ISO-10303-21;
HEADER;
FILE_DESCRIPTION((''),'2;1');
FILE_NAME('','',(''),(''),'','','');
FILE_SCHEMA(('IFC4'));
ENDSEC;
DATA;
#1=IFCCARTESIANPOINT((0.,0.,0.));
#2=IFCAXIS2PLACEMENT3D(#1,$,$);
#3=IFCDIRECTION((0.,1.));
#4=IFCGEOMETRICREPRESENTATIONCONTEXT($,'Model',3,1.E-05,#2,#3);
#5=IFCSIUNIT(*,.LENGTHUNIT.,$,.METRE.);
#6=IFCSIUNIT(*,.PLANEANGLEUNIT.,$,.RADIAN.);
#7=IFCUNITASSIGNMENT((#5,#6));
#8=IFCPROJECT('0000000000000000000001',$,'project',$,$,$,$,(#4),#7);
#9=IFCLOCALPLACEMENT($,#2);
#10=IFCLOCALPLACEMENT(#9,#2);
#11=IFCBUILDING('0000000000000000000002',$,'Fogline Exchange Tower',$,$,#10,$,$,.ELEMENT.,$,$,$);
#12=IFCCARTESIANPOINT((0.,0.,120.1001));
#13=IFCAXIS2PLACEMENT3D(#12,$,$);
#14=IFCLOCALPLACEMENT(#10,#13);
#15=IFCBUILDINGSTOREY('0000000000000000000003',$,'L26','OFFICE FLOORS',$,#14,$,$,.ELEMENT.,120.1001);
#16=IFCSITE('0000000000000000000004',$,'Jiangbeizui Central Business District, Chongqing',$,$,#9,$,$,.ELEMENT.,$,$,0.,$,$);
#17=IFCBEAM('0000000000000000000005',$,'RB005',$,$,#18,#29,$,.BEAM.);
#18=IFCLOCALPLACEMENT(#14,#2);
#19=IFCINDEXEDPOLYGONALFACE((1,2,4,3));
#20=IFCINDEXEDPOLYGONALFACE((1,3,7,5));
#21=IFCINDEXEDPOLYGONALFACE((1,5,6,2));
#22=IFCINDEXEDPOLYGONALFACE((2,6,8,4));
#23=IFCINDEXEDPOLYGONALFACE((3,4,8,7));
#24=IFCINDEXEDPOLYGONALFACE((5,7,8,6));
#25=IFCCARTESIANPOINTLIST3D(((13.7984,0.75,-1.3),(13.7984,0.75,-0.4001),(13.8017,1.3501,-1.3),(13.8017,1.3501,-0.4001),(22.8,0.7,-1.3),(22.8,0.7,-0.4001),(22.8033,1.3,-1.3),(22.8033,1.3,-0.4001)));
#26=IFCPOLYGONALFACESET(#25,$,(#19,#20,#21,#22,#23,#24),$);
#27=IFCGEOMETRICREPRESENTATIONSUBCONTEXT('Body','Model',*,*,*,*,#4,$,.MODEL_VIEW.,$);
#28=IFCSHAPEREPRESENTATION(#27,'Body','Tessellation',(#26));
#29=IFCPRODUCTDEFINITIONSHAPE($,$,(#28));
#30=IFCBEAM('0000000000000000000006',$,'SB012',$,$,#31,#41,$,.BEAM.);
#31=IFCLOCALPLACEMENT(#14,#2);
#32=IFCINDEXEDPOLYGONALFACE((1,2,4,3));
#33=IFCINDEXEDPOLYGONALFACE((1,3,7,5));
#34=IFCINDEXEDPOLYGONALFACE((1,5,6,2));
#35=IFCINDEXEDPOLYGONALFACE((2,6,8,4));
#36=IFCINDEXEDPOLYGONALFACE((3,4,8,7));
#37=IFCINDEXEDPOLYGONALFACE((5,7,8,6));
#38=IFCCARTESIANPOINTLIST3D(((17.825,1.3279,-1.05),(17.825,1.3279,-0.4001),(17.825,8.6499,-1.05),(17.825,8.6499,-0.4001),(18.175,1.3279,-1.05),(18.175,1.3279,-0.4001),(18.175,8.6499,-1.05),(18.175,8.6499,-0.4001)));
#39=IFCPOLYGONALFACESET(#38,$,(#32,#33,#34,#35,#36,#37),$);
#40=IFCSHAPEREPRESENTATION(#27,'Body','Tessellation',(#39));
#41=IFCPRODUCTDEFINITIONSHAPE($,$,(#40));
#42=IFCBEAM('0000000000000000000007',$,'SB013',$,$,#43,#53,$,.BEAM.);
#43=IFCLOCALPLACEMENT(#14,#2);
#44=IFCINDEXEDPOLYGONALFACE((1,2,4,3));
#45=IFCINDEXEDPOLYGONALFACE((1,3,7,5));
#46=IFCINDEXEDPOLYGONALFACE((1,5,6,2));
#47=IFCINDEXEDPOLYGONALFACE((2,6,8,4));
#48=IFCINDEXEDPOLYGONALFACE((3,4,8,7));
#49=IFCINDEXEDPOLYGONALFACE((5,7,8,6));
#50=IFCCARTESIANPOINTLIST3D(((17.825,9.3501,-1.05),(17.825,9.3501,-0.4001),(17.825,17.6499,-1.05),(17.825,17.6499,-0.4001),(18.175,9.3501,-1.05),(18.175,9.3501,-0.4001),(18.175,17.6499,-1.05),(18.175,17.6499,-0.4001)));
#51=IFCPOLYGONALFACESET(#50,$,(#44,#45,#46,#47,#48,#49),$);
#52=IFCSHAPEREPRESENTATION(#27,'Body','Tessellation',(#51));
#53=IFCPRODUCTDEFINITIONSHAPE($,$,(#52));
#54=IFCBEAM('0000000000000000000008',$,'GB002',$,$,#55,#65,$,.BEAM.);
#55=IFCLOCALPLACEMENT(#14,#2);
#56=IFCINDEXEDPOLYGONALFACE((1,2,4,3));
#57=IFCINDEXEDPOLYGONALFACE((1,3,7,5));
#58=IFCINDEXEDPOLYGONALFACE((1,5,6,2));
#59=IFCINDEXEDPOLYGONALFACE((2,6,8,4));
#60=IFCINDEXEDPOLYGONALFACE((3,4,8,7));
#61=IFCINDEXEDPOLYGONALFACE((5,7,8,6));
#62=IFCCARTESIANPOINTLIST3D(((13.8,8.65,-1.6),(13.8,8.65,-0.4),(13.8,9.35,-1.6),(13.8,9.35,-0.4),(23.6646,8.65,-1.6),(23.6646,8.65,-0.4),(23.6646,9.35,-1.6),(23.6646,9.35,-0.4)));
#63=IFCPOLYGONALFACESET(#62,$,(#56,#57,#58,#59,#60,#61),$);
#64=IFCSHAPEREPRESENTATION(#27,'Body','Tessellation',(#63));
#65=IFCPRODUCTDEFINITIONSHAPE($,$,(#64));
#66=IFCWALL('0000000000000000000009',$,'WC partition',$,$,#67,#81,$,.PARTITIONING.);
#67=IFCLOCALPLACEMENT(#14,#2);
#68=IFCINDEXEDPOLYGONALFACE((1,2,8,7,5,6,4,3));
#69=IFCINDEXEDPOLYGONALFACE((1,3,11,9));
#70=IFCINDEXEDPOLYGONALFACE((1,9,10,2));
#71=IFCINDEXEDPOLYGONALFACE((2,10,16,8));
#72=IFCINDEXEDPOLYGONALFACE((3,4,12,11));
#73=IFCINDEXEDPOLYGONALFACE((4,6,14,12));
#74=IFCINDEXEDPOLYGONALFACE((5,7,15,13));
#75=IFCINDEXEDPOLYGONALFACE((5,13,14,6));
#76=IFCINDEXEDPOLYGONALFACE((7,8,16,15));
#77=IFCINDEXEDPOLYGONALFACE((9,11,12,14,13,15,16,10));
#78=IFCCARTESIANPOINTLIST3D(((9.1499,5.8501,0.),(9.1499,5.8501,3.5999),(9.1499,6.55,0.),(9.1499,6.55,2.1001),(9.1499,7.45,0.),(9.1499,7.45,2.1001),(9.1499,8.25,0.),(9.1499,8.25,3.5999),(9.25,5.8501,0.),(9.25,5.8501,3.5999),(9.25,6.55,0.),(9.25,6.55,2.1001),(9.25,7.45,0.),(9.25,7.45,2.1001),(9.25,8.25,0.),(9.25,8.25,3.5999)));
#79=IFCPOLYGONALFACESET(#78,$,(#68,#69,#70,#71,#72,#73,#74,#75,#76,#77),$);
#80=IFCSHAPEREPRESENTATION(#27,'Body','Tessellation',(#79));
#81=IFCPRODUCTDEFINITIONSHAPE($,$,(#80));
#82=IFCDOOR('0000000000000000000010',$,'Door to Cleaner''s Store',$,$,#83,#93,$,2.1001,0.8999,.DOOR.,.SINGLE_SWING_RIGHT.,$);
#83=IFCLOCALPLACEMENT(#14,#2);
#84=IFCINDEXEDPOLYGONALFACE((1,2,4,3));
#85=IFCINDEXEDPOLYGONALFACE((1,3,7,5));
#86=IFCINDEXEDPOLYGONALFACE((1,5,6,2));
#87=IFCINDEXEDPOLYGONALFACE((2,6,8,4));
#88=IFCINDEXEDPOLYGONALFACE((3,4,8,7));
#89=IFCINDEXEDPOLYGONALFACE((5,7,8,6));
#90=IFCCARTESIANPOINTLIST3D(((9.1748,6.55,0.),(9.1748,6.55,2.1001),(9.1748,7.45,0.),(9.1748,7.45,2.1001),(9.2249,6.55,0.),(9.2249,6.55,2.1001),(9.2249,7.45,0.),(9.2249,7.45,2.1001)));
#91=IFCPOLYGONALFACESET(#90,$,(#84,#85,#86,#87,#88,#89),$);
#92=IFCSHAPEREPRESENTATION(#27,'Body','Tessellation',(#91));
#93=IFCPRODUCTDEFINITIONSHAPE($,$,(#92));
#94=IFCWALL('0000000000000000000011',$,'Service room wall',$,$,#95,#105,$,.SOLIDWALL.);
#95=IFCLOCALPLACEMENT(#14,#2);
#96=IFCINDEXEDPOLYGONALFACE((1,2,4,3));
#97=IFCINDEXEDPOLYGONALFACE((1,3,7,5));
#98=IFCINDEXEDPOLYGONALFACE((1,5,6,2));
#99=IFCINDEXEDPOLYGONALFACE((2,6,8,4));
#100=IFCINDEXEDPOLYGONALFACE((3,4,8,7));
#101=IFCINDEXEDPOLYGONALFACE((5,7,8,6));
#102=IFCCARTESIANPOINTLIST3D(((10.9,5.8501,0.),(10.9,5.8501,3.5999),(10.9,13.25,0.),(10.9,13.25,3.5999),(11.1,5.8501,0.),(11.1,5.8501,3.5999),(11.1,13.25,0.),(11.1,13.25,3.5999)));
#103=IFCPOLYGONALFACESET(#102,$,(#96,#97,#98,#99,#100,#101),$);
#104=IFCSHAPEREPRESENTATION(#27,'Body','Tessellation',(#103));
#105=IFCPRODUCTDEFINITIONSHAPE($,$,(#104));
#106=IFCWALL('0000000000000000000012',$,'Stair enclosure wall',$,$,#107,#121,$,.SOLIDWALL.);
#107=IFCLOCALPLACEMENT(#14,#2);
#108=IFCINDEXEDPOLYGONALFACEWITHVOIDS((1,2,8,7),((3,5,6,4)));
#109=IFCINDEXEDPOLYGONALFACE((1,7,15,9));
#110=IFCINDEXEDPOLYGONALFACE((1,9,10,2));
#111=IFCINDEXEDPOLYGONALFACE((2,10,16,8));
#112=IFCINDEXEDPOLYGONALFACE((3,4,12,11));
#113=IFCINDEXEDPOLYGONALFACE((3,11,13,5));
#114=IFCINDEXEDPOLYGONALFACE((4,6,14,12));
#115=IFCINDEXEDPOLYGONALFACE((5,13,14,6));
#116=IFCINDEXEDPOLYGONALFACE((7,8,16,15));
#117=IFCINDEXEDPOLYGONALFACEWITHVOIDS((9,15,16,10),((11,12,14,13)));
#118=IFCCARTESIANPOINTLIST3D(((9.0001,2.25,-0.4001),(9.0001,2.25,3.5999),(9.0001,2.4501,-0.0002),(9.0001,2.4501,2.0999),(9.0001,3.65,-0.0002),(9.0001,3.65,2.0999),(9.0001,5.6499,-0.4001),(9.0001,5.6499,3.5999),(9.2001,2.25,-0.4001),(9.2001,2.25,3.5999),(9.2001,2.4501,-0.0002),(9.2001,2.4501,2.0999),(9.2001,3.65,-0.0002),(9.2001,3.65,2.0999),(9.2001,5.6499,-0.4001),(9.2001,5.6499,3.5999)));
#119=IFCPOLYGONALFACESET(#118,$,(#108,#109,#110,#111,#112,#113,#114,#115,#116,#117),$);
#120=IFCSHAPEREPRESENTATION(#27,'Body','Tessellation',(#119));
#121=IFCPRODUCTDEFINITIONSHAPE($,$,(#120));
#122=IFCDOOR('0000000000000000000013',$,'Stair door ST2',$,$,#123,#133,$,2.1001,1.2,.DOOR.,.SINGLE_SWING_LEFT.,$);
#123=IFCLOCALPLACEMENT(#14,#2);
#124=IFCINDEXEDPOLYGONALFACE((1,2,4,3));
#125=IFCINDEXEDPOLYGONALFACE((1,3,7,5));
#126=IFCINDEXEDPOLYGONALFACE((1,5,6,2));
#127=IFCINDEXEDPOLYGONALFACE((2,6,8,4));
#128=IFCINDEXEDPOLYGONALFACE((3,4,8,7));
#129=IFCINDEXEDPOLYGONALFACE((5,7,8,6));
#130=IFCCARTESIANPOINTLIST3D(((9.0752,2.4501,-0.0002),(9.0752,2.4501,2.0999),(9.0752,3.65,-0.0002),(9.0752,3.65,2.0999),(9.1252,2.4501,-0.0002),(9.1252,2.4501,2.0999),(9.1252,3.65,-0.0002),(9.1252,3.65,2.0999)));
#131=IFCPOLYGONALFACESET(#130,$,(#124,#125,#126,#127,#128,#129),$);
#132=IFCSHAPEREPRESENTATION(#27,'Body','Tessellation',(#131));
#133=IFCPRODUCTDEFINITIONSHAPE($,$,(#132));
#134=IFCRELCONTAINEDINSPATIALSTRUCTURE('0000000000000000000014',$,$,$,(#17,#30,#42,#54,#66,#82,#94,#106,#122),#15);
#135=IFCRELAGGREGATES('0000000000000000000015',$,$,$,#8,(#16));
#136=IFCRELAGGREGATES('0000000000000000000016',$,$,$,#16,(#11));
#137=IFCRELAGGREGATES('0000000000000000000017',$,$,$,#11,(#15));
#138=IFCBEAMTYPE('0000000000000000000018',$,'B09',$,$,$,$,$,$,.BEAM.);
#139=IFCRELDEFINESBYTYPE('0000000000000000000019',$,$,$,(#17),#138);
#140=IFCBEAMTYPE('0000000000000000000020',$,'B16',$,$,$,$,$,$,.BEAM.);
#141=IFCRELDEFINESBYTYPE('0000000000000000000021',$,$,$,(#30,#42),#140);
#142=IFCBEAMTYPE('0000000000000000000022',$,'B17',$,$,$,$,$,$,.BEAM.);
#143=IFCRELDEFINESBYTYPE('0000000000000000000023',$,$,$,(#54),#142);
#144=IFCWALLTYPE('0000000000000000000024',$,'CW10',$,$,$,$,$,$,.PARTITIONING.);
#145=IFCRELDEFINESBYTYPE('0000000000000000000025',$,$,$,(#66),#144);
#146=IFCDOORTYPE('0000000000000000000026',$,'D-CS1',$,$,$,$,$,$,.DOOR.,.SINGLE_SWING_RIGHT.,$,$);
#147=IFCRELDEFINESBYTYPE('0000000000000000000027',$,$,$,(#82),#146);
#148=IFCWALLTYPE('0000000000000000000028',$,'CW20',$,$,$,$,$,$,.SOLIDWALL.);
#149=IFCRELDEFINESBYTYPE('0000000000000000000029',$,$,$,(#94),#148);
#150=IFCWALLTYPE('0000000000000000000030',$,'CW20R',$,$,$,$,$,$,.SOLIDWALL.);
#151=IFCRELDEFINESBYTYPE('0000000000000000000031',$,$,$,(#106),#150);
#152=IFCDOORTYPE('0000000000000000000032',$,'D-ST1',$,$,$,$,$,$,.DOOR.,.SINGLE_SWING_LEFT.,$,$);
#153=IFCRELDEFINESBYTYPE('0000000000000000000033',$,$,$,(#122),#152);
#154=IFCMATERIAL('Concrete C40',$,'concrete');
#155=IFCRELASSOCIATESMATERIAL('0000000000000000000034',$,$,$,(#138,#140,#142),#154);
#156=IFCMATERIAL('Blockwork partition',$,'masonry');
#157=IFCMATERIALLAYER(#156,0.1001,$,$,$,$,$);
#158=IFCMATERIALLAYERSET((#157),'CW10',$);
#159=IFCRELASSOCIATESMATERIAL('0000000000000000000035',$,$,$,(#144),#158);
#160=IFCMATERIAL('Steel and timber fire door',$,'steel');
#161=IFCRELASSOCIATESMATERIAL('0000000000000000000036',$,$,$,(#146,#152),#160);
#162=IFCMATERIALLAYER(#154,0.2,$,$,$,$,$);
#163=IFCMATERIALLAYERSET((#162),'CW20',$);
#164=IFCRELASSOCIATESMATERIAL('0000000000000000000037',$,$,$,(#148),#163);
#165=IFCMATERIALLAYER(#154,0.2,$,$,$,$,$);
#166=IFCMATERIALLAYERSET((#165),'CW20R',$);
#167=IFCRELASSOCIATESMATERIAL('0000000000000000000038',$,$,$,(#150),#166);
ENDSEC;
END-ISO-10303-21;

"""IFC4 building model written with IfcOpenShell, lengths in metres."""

from ifc_helpers import new_model, si_unit, direction, frame, frame_2d, origin, origin_2d, place, context, subcontext, project, spatial, rectangle, extrude, material, layer, layer_set, material_profile, profile_set, type_object, element, fill, save


model = new_model("IFC4")

# Units and contexts
model_context = context("Model", 3, precision=1e-05, world=origin(), true_north=direction((0.0, 1.0)))
body_context = subcontext(model_context, "Body", "Model", "MODEL_VIEW")
ifc_project = project(units=[si_unit("LENGTHUNIT", "METRE"), si_unit("PLANEANGLEUNIT", "RADIAN")], contexts=[model_context])

# Site, building, storey
site_placement = place(None, origin())
site = spatial("IfcSite", under=ifc_project, at=site_placement, Name="Jiangbeizui Central Business District, Chongqing", CompositionType="ELEMENT", RefElevation=0.0)
building_placement = place(site_placement, origin())
building = spatial("IfcBuilding", under=site, at=building_placement, Name="Fogline Exchange Tower", CompositionType="ELEMENT")
storey_placement = place(building_placement, frame((0.0, 0.0, 120.1001)))
storey = spatial("IfcBuildingStorey", under=building, at=storey_placement, Name="L26", Description="OFFICE FLOORS", CompositionType="ELEMENT", Elevation=120.1001)

# Beams
ifc_material_1 = material(Name="Concrete C40", Category="concrete")
ifc_material_profile_1 = material_profile(ifc_material_1, rectangle(XDim=0.6001, YDim=0.8999, at=origin_2d()), Name="RC 600x900")
ifc_profile_set_1 = profile_set([ifc_material_profile_1], Name="Concrete C40")
beam_type_1 = type_object("IfcBeamType", Name="B09", PredefinedType="BEAM", material=ifc_profile_set_1)
beam_1_placement = place(storey_placement, frame((13.8, 1.05, -0.8501), z_axis=(0.999985, -0.00556, 0.0), x_axis=(0.00556, 0.999985, 0.0)))
element("IfcBeam", 1, at=beam_1_placement, inside=storey, type_object=beam_type_1, Name="RB005", PredefinedType="BEAM", context=body_context, shape_type="SweptSolid", body=[
    extrude(rectangle(XDim=0.6001, YDim=0.8999, at=origin_2d()), origin(), (0.0, 0.0, 1.0), 9.0017),
])
ifc_material_profile_2 = material_profile(ifc_material_1, rectangle(XDim=0.3501, YDim=0.6499, at=origin_2d()), Name="RC 350x650")
ifc_profile_set_2 = profile_set([ifc_material_profile_2], Name="Concrete C40")
beam_type_2 = type_object("IfcBeamType", Name="B16", PredefinedType="BEAM", material=ifc_profile_set_2)
beam_2_placement = place(storey_placement, frame((18.0, 1.3279, -0.7251), z_axis=(0.0, 1.0, 0.0), x_axis=(-1.0, 0.0, 0.0)))
element("IfcBeam", 2, at=beam_2_placement, inside=storey, type_object=beam_type_2, Name="SB012", PredefinedType="BEAM", context=body_context, shape_type="SweptSolid", body=[
    extrude(rectangle(XDim=0.3501, YDim=0.6499, at=origin_2d()), origin(), (0.0, 0.0, 1.0), 7.322),
])
beam_3_placement = place(storey_placement, frame((18.0, 9.3501, -0.7251), z_axis=(0.0, 1.0, 0.0), x_axis=(-1.0, 0.0, 0.0)))
element("IfcBeam", 3, at=beam_3_placement, inside=storey, type_object=beam_type_2, Name="SB013", PredefinedType="BEAM", context=body_context, shape_type="SweptSolid", body=[
    extrude(rectangle(XDim=0.3501, YDim=0.6499, at=origin_2d()), origin(), (0.0, 0.0, 1.0), 8.2998),
])
ifc_material_profile_3 = material_profile(ifc_material_1, rectangle(XDim=0.7, YDim=1.2, at=origin_2d()), Name="RC 700x1200")
ifc_profile_set_3 = profile_set([ifc_material_profile_3], Name="Concrete C40")
beam_type_3 = type_object("IfcBeamType", Name="B17", PredefinedType="BEAM", material=ifc_profile_set_3)
beam_4_placement = place(storey_placement, frame((13.8, 9.0, -1.0), z_axis=(1.0, 0.0, 0.0), x_axis=(0.0, 1.0, 0.0)))
element("IfcBeam", 4, at=beam_4_placement, inside=storey, type_object=beam_type_3, Name="GB002", PredefinedType="BEAM", context=body_context, shape_type="SweptSolid", body=[
    extrude(rectangle(XDim=0.7, YDim=1.2, at=origin_2d()), origin(), (0.0, 0.0, 1.0), 9.8645),
])

# Wall, opening, door
ifc_material_2 = material(Name="Blockwork partition", Category="masonry")
ifc_layer_1 = layer(ifc_material_2, 0.1001)
ifc_layer_set_1 = layer_set([ifc_layer_1], Name="CW10")
wall_type_1 = type_object("IfcWallType", Name="CW10", PredefinedType="PARTITIONING", material=ifc_layer_set_1)
wall_1_placement = place(storey_placement, frame((9.2, 5.8501, 0.0), z_axis=(0.0, 0.0, 1.0), x_axis=(0.0, 1.0, 0.0)))
wall_1 = element("IfcWall", 5, at=wall_1_placement, inside=storey, type_object=wall_type_1, Name="WC partition", PredefinedType="PARTITIONING", context=body_context, shape_type="SweptSolid", body=[
    extrude(rectangle(XDim=2.3999, YDim=0.1001, at=frame_2d((1.2, 0.0))), origin(), (0.0, 0.0, 1.0), 3.5999),
])
opening_1_placement = place(wall_1_placement, frame((0.7, 0.0, 0.0)))
opening_1 = element("IfcOpeningElement", 6, at=opening_1_placement, cuts=wall_1, PredefinedType="OPENING", context=body_context, shape_type="SweptSolid", body=[
    extrude(rectangle(XDim=0.8999, YDim=2.1001, at=frame_2d((0.45, 1.05))), frame((0.0, 0.0601, 0.0), z_axis=(0.0, -1.0, 0.0), x_axis=(1.0, 0.0, 0.0)), (0.0, 0.0, 1.0), 0.1201),
])
ifc_material_3 = material(Name="Steel and timber fire door", Category="steel")
door_type_1 = type_object("IfcDoorType", Name="D-CS1", OperationType="SINGLE_SWING_RIGHT", PredefinedType="DOOR", material=ifc_material_3)
door_1_placement = place(opening_1_placement, frame((0.8999, 0.0, 0.0), z_axis=(0.0, 0.0, 1.0), x_axis=(-1.0, 0.0, 0.0)))
door_1 = element("IfcDoor", 7, at=door_1_placement, inside=storey, type_object=door_type_1, Name="Door to Cleaner's Store", OperationType="SINGLE_SWING_RIGHT", OverallHeight=2.1001, OverallWidth=0.8999, PredefinedType="DOOR", context=body_context, shape_type="SweptSolid", body=[
    extrude(rectangle(XDim=0.8999, YDim=2.1001, at=frame_2d((0.45, 1.05))), frame((0.0, 0.0249, 0.0), z_axis=(0.0, -1.0, 0.0), x_axis=(1.0, 0.0, 0.0)), (0.0, 0.0, 1.0), 0.05),
])
fill(opening_1, door_1)

# Wall
ifc_layer_2 = layer(ifc_material_1, 0.2)
ifc_layer_set_2 = layer_set([ifc_layer_2], Name="CW20")
wall_type_2 = type_object("IfcWallType", Name="CW20", PredefinedType="SOLIDWALL", material=ifc_layer_set_2)
wall_2_placement = place(storey_placement, frame((11.0, 5.8501, 0.0), z_axis=(0.0, 0.0, 1.0), x_axis=(0.0, 1.0, 0.0)))
element("IfcWall", 8, at=wall_2_placement, inside=storey, type_object=wall_type_2, Name="Service room wall", PredefinedType="SOLIDWALL", context=body_context, shape_type="SweptSolid", body=[
    extrude(rectangle(XDim=7.3999, YDim=0.2, at=frame_2d((3.7, 0.0))), origin(), (0.0, 0.0, 1.0), 3.5999),
])

# Wall, opening, door
ifc_layer_3 = layer(ifc_material_1, 0.2)
ifc_layer_set_3 = layer_set([ifc_layer_3], Name="CW20R")
wall_type_3 = type_object("IfcWallType", Name="CW20R", PredefinedType="SOLIDWALL", material=ifc_layer_set_3)
wall_3_placement = place(storey_placement, frame((9.1001, 2.25, -0.4001), z_axis=(0.0, 0.0, 1.0), x_axis=(0.0, 1.0, 0.0)))
wall_3 = element("IfcWall", 9, at=wall_3_placement, inside=storey, type_object=wall_type_3, Name="Stair enclosure wall", PredefinedType="SOLIDWALL", context=body_context, shape_type="SweptSolid", body=[
    extrude(rectangle(XDim=3.3999, YDim=0.2, at=frame_2d((1.7, 0.0))), origin(), (0.0, 0.0, 1.0), 4.0),
])
opening_2_placement = place(wall_3_placement, frame((0.2, 0.0, 0.3999)))
opening_2 = element("IfcOpeningElement", 10, at=opening_2_placement, cuts=wall_3, PredefinedType="OPENING", context=body_context, shape_type="SweptSolid", body=[
    extrude(rectangle(XDim=1.2, YDim=2.1001, at=frame_2d((0.6001, 1.05))), frame((0.0, 0.1099, 0.0), z_axis=(0.0, -1.0, 0.0), x_axis=(1.0, 0.0, 0.0)), (0.0, 0.0, 1.0), 0.22),
])
door_type_2 = type_object("IfcDoorType", Name="D-ST1", OperationType="SINGLE_SWING_LEFT", PredefinedType="DOOR", material=ifc_material_3)
door_2_placement = place(opening_2_placement, origin())
door_2 = element("IfcDoor", 11, at=door_2_placement, inside=storey, type_object=door_type_2, Name="Stair door ST2", OperationType="SINGLE_SWING_LEFT", OverallHeight=2.1001, OverallWidth=1.2, PredefinedType="DOOR", context=body_context, shape_type="SweptSolid", body=[
    extrude(rectangle(XDim=1.2, YDim=2.1001, at=frame_2d((0.6001, 1.05))), frame((0.0, 0.0249, 0.0), z_axis=(0.0, -1.0, 0.0), x_axis=(1.0, 0.0, 0.0)), (0.0, 0.0, 1.0), 0.05),
])
fill(opening_2, door_2)

save(model, "model.ifc")
